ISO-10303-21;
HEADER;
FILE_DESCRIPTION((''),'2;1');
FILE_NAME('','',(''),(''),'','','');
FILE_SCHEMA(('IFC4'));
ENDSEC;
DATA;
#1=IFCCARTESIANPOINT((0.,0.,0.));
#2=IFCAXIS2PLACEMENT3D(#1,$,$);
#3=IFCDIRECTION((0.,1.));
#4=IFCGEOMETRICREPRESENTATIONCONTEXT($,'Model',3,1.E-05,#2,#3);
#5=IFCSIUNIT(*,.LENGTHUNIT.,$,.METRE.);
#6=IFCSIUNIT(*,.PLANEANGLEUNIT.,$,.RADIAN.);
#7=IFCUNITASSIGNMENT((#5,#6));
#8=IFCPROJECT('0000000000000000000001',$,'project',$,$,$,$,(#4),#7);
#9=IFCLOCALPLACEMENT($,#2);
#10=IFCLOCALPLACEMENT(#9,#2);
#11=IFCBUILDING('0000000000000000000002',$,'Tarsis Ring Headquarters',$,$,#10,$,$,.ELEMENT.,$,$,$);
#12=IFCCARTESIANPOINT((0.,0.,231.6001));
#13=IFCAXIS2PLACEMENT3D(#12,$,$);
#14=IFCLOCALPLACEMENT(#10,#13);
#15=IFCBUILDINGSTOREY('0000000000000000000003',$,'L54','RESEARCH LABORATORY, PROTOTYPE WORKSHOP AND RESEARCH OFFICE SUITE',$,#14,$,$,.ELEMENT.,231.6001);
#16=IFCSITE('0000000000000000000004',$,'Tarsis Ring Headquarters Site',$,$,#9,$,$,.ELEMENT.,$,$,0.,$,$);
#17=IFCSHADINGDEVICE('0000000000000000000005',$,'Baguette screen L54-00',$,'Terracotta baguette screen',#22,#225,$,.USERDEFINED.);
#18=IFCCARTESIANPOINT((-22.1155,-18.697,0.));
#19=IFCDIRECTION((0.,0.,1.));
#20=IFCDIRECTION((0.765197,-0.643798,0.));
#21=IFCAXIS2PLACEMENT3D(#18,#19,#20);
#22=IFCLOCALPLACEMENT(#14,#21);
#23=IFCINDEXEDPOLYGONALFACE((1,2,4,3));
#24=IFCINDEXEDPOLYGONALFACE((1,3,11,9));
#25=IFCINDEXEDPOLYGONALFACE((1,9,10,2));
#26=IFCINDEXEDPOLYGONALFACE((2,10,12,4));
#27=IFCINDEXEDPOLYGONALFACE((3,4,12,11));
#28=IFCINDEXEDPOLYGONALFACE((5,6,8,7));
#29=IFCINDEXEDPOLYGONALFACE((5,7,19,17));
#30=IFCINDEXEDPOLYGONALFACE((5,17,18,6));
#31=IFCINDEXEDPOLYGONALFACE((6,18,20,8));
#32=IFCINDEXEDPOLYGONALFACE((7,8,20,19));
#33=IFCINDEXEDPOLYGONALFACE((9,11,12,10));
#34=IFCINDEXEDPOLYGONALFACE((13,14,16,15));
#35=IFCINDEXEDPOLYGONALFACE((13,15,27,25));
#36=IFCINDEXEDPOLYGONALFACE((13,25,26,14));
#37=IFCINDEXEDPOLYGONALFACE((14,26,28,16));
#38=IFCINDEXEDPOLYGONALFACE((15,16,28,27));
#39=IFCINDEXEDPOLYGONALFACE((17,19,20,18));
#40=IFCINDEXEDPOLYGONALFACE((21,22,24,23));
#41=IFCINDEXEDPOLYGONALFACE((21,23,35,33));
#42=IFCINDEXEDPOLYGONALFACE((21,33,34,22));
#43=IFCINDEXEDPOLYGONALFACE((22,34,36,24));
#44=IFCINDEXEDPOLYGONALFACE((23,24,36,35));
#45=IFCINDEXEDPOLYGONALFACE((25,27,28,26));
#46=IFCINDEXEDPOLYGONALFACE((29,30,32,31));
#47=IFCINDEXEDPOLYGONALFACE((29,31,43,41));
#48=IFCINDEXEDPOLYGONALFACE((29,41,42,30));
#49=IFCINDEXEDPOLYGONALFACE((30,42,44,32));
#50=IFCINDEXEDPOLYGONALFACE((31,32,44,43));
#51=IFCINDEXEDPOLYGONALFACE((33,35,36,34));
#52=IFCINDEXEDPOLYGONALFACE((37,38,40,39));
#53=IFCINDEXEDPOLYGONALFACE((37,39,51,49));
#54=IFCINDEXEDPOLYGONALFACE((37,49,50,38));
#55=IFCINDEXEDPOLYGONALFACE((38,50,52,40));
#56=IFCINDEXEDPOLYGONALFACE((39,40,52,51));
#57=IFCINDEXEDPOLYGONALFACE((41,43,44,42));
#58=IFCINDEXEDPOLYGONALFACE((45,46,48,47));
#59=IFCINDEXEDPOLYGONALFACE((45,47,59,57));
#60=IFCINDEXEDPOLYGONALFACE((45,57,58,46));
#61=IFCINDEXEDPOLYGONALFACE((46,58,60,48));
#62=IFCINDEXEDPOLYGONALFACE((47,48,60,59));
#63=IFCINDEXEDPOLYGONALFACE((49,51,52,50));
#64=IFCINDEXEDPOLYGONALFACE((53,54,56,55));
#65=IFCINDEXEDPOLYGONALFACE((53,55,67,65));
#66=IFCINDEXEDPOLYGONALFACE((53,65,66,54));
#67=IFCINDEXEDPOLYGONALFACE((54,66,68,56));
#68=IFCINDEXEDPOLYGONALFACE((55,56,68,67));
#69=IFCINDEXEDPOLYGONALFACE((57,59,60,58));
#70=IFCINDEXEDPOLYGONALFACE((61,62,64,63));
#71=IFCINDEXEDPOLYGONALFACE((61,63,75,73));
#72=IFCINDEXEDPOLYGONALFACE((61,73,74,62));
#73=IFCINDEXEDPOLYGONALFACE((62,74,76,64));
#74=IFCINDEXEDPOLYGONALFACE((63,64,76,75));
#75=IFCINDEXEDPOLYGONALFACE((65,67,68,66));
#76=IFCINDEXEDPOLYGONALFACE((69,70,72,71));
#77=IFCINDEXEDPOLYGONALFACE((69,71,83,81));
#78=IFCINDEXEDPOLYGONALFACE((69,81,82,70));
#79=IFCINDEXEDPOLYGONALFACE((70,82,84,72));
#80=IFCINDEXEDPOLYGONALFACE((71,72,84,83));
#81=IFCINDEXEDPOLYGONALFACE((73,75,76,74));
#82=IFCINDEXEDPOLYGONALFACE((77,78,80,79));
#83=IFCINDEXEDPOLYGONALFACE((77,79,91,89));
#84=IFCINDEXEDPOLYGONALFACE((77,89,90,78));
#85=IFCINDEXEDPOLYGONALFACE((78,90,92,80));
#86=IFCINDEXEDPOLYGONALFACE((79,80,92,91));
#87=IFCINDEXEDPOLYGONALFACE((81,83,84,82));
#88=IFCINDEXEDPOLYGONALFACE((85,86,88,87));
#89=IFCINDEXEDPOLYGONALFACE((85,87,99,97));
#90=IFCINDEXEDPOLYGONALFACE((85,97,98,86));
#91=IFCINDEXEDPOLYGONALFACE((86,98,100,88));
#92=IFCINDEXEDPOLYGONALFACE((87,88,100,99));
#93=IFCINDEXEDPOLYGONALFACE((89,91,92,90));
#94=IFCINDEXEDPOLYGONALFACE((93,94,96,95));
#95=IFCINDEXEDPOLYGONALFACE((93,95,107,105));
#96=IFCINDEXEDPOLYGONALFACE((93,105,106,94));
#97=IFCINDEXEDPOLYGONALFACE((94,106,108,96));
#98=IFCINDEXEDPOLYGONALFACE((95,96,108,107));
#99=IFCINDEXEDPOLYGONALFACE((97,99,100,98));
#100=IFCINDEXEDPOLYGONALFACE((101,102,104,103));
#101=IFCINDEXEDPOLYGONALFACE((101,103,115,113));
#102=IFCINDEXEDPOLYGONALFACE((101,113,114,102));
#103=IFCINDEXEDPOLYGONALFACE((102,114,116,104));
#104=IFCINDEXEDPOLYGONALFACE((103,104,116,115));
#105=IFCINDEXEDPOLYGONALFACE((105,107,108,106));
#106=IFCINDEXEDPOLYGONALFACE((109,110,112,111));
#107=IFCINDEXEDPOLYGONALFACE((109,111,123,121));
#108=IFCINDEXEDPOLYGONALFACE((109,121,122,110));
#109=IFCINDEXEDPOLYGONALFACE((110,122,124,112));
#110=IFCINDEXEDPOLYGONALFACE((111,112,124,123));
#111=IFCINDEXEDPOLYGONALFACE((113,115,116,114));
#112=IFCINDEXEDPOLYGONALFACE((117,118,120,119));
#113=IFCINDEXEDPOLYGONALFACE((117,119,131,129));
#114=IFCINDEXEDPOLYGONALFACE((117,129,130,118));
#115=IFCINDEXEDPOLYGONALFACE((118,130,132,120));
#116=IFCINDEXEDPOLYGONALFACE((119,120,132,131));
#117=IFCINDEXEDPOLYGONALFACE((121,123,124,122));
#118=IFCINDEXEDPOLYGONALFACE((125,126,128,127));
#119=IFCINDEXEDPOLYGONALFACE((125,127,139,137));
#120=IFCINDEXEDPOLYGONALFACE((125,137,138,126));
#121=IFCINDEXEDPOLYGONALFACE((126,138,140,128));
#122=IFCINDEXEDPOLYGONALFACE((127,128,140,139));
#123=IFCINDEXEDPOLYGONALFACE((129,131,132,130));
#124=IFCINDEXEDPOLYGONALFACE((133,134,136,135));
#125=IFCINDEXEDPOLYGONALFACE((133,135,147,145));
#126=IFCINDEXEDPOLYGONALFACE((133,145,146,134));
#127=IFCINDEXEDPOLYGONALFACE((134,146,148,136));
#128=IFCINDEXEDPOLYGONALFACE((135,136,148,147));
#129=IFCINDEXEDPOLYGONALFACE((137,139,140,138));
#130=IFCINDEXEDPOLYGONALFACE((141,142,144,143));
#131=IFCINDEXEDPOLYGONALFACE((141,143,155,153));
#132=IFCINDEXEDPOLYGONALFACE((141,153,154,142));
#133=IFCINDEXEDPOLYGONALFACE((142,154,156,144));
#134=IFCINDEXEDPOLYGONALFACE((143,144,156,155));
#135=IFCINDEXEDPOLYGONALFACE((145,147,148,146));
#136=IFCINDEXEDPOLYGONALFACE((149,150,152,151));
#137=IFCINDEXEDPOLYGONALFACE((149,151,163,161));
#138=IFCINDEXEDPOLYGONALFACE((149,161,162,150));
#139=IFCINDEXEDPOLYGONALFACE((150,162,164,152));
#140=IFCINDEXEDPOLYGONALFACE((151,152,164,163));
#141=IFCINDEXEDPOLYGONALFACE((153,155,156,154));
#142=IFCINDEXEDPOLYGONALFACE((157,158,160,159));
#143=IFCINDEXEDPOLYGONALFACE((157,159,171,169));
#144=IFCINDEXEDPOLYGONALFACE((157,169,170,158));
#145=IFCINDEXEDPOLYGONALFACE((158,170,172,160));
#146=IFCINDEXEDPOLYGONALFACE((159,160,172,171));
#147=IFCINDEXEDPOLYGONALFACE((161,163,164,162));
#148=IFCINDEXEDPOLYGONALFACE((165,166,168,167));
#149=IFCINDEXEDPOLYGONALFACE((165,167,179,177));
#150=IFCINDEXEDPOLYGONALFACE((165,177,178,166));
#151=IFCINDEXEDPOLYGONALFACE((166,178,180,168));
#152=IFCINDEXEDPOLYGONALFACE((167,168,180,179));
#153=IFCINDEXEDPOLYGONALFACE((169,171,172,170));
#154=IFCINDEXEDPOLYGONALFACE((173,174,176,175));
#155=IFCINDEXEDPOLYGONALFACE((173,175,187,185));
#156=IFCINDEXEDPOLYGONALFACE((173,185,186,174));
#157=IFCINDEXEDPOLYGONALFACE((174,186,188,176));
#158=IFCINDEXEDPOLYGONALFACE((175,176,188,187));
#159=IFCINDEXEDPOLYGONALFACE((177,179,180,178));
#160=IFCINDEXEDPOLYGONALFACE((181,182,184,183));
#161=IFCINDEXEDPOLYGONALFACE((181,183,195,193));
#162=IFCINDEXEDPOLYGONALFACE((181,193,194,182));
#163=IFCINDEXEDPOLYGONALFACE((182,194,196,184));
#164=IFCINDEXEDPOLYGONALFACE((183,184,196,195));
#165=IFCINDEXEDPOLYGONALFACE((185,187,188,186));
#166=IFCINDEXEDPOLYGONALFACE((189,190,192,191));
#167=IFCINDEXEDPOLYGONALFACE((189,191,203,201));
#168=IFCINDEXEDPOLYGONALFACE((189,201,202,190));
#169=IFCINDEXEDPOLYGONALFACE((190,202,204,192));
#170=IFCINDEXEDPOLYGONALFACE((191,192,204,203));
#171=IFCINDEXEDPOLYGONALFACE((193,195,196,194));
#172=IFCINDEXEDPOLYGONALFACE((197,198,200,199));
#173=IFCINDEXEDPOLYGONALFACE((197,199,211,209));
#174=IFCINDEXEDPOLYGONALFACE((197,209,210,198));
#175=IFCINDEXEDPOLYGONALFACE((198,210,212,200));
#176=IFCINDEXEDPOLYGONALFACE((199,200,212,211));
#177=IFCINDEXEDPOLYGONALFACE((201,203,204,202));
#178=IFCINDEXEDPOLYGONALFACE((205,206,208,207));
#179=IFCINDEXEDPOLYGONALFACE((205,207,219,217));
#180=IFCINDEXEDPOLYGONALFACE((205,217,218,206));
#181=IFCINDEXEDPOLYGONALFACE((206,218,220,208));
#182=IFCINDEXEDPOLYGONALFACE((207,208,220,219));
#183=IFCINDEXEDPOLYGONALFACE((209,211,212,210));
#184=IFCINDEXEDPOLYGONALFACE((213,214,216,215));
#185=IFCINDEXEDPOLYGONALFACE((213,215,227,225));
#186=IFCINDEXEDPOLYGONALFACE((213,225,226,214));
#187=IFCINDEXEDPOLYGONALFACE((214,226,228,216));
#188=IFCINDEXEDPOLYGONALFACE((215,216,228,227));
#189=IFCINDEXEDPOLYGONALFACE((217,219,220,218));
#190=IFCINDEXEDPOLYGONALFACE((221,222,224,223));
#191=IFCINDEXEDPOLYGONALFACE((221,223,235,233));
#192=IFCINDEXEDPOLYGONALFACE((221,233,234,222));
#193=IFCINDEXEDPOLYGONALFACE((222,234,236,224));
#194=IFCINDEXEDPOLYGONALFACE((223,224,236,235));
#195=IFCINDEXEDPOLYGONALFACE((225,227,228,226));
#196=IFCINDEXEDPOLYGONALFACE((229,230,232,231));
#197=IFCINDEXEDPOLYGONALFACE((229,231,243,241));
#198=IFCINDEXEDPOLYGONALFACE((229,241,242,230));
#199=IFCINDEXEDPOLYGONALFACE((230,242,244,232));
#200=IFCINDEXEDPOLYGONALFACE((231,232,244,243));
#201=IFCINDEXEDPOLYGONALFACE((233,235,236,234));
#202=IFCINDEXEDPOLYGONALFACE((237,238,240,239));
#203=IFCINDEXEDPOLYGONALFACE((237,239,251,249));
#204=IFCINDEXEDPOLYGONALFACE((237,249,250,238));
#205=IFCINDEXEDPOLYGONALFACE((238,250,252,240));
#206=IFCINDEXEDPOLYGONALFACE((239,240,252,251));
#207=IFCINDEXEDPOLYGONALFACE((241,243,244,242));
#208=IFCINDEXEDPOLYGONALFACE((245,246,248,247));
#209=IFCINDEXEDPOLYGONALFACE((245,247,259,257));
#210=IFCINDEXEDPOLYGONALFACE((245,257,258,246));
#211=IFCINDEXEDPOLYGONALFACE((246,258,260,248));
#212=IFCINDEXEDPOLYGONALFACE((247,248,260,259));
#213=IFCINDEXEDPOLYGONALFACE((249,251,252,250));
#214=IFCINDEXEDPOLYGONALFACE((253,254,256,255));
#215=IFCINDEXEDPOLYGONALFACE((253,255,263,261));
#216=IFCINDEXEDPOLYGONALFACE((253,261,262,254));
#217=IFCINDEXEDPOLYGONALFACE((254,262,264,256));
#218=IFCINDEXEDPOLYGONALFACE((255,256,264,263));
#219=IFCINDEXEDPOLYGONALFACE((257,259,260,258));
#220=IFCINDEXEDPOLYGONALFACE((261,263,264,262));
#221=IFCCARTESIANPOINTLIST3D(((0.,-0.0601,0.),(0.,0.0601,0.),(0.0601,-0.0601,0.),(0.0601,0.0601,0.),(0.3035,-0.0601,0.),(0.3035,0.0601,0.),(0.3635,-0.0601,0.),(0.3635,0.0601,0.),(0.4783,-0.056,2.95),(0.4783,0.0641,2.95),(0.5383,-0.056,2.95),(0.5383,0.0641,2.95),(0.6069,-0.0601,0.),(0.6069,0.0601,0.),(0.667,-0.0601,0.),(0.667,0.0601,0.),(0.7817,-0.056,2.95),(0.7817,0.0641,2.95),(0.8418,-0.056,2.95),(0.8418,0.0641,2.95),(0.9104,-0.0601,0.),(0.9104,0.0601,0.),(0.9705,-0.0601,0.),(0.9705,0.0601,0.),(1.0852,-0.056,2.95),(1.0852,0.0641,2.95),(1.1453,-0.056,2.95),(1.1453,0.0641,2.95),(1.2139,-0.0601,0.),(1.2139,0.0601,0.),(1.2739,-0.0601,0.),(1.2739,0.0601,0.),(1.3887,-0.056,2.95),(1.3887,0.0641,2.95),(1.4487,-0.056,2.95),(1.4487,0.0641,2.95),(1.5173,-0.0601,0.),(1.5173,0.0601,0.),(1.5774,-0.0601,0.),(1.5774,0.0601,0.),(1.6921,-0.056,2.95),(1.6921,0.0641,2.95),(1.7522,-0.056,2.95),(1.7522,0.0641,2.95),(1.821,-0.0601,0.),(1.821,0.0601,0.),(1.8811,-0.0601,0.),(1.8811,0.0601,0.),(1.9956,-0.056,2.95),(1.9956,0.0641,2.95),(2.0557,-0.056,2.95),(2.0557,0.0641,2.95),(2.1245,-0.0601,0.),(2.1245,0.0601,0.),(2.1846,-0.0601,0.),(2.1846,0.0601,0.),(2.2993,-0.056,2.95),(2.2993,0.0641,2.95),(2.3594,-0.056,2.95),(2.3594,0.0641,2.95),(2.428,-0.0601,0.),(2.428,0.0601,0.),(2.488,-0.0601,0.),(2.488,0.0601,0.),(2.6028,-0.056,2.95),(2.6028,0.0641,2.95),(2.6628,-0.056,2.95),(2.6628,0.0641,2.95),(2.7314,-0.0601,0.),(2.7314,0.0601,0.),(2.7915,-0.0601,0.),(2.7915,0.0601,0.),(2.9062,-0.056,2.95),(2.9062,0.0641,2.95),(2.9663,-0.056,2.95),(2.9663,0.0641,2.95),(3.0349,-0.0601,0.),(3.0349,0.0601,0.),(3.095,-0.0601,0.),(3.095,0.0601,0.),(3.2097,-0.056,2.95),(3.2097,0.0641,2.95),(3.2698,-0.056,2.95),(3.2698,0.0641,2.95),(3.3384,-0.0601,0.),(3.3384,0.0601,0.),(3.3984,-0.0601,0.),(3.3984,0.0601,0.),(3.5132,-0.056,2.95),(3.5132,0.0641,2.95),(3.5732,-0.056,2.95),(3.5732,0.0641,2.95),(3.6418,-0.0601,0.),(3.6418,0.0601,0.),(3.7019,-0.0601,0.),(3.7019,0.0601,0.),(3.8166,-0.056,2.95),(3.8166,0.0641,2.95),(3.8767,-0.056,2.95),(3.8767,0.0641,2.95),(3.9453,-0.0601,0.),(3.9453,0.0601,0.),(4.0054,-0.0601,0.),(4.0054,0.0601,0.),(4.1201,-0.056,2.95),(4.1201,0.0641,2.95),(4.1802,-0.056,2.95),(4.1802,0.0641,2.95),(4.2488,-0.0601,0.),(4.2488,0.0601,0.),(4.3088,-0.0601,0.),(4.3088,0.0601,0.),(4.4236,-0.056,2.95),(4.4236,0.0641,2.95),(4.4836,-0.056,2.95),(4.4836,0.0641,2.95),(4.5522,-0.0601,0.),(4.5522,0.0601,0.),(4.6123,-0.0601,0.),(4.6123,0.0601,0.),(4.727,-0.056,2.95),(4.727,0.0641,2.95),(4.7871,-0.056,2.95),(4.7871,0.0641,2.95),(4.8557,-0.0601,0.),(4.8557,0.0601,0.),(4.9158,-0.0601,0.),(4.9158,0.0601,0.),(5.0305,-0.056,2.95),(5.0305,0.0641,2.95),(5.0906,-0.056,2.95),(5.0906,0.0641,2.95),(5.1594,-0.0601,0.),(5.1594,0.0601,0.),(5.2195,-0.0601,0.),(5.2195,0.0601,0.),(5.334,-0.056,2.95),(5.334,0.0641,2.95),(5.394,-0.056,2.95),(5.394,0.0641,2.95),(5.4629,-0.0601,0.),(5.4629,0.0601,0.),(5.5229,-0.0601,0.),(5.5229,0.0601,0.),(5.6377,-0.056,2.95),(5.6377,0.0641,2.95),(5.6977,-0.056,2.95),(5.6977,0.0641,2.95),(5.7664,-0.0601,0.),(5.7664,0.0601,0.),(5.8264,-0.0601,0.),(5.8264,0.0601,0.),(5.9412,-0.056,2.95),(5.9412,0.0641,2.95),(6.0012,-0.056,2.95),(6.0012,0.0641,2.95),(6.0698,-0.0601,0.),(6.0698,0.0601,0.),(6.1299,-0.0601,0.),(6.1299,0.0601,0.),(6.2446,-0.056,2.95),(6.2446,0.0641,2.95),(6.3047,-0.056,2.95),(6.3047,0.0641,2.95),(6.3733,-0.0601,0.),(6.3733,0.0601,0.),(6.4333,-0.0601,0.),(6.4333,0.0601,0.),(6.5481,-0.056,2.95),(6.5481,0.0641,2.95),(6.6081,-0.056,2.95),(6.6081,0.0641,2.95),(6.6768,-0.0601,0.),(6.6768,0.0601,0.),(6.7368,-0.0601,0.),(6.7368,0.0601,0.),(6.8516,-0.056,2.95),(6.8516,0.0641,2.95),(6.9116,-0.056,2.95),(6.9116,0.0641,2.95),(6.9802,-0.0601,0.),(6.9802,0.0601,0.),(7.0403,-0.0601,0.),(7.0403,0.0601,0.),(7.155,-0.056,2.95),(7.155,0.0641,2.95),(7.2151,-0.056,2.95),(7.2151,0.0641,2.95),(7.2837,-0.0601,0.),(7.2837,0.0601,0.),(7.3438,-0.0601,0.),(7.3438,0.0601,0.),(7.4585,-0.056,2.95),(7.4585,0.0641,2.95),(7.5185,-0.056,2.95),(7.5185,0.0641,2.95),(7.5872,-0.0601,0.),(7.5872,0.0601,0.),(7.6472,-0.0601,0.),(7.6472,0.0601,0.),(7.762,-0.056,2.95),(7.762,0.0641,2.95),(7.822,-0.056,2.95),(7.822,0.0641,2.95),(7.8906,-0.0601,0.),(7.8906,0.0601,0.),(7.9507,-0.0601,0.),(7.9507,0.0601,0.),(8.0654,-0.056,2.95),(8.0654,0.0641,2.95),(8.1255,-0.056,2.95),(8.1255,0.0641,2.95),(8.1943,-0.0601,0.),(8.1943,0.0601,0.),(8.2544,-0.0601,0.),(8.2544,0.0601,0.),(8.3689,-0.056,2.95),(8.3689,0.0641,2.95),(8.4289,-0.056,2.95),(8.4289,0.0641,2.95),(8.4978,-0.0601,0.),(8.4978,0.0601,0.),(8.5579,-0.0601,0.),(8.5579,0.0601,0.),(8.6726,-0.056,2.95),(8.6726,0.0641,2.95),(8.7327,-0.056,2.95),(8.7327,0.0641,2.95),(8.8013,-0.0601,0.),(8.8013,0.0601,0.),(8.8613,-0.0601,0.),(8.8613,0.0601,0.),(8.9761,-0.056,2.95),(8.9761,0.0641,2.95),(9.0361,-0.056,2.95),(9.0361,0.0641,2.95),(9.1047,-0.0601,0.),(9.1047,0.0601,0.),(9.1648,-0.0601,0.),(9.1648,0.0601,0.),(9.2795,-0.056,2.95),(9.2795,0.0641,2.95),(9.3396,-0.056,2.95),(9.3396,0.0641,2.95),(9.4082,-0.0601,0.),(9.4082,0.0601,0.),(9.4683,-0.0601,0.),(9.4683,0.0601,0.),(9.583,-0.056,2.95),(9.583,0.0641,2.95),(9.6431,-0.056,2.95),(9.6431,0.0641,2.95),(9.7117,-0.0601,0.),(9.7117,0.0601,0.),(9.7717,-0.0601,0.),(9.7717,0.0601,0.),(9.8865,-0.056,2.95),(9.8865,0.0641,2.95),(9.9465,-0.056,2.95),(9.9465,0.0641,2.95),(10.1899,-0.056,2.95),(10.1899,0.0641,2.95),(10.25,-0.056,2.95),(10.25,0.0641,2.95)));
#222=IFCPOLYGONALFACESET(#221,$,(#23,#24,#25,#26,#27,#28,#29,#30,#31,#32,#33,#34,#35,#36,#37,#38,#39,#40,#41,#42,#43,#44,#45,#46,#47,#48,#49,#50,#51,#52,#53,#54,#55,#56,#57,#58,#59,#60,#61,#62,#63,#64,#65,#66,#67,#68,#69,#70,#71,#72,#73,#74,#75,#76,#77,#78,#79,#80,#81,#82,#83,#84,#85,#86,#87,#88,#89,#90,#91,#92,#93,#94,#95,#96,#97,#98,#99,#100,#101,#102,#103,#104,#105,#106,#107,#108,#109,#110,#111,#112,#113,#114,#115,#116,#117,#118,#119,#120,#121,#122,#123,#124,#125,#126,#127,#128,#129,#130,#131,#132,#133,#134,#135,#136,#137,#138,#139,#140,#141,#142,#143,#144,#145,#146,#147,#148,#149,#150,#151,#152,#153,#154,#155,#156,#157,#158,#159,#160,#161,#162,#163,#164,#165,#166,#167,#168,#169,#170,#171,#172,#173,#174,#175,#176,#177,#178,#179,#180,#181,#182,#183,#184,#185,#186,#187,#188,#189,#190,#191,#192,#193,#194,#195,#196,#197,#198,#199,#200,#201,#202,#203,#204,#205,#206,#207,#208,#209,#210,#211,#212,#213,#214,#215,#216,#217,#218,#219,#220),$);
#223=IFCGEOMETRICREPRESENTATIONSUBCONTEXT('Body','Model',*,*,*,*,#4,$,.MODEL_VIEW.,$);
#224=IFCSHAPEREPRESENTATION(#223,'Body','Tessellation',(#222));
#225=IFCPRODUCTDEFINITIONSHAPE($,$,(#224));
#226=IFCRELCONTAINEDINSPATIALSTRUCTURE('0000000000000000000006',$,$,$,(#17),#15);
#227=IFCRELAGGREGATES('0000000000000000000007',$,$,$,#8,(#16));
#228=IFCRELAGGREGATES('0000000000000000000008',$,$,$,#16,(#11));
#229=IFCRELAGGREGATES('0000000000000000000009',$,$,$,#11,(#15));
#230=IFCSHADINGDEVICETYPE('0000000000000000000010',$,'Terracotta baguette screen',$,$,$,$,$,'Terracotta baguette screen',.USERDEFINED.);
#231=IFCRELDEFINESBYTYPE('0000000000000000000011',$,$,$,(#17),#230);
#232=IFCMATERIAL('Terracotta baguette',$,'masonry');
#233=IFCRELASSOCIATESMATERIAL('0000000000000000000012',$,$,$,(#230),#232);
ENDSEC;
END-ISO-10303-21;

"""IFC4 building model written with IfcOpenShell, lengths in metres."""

from ifc_helpers import new_model, si_unit, direction, frame, frame_2d, origin, place, context, subcontext, project, spatial, rectangle, composite_profile, extrude, material, type_object, element, save


model = new_model("IFC4")

# Units and contexts
model_context = context("Model", 3, precision=1e-05, world=origin(), true_north=direction((0.0, 1.0)))
body_context = subcontext(model_context, "Body", "Model", "MODEL_VIEW")
ifc_project = project(units=[si_unit("LENGTHUNIT", "METRE"), si_unit("PLANEANGLEUNIT", "RADIAN")], contexts=[model_context])

# Site, building, storey
site_placement = place(None, origin())
site = spatial("IfcSite", under=ifc_project, at=site_placement, Name="Tarsis Ring Headquarters Site", CompositionType="ELEMENT", RefElevation=0.0)
building_placement = place(site_placement, origin())
building = spatial("IfcBuilding", under=site, at=building_placement, Name="Tarsis Ring Headquarters", CompositionType="ELEMENT")
storey_placement = place(building_placement, frame((0.0, 0.0, 231.6001)))
storey = spatial("IfcBuildingStorey", under=building, at=storey_placement, Name="L54", Description="RESEARCH LABORATORY, PROTOTYPE WORKSHOP AND RESEARCH OFFICE SUITE", CompositionType="ELEMENT", Elevation=231.6001)

# Shading device
ifc_material_1 = material(Name="Terracotta baguette", Category="masonry")
shading_device_type = type_object("IfcShadingDeviceType", Name="Terracotta baguette screen", ElementType="Terracotta baguette screen", PredefinedType="USERDEFINED", material=ifc_material_1)
shading_device_placement = place(storey_placement, frame((-22.1155, -18.697, 0.0), z_axis=(0.0, 0.0, 1.0), x_axis=(0.765197, -0.643798, 0.0)))
element("IfcShadingDevice", 1, at=shading_device_placement, inside=storey, type_object=shading_device_type, Name="Baguette screen L54-00", ObjectType="Terracotta baguette screen", PredefinedType="USERDEFINED", context=body_context, shape_type="SweptSolid", body=[
    extrude(composite_profile([rectangle(XDim=0.0601, YDim=0.1201, at=frame_2d((0.03, 0.0))), rectangle(XDim=0.0601, YDim=0.1201, at=frame_2d((0.3335, 0.0))), rectangle(XDim=0.0601, YDim=0.1201, at=frame_2d((0.637, 0.0))), rectangle(XDim=0.0601, YDim=0.1201, at=frame_2d((0.9404, 0.0))), rectangle(XDim=0.0601, YDim=0.1201, at=frame_2d((1.2439, 0.0))), rectangle(XDim=0.0601, YDim=0.1201, at=frame_2d((1.5474, 0.0))), rectangle(XDim=0.0601, YDim=0.1201, at=frame_2d((1.8511, 0.0))), rectangle(XDim=0.0601, YDim=0.1201, at=frame_2d((2.1545, 0.0))), rectangle(XDim=0.0601, YDim=0.1201, at=frame_2d((2.458, 0.0))), rectangle(XDim=0.0601, YDim=0.1201, at=frame_2d((2.7615, 0.0))), rectangle(XDim=0.0601, YDim=0.1201, at=frame_2d((3.0649, 0.0))), rectangle(XDim=0.0601, YDim=0.1201, at=frame_2d((3.3684, 0.0))), rectangle(XDim=0.0601, YDim=0.1201, at=frame_2d((3.6719, 0.0))), rectangle(XDim=0.0601, YDim=0.1201, at=frame_2d((3.9753, 0.0))), rectangle(XDim=0.0601, YDim=0.1201, at=frame_2d((4.2788, 0.0))), rectangle(XDim=0.0601, YDim=0.1201, at=frame_2d((4.5823, 0.0))), rectangle(XDim=0.0601, YDim=0.1201, at=frame_2d((4.8857, 0.0))), rectangle(XDim=0.0601, YDim=0.1201, at=frame_2d((5.1895, 0.0))), rectangle(XDim=0.0601, YDim=0.1201, at=frame_2d((5.4929, 0.0))), rectangle(XDim=0.0601, YDim=0.1201, at=frame_2d((5.7964, 0.0))), rectangle(XDim=0.0601, YDim=0.1201, at=frame_2d((6.0999, 0.0))), rectangle(XDim=0.0601, YDim=0.1201, at=frame_2d((6.4033, 0.0))), rectangle(XDim=0.0601, YDim=0.1201, at=frame_2d((6.7068, 0.0))), rectangle(XDim=0.0601, YDim=0.1201, at=frame_2d((7.0103, 0.0))), rectangle(XDim=0.0601, YDim=0.1201, at=frame_2d((7.3137, 0.0))), rectangle(XDim=0.0601, YDim=0.1201, at=frame_2d((7.6172, 0.0))), rectangle(XDim=0.0601, YDim=0.1201, at=frame_2d((7.9207, 0.0))), rectangle(XDim=0.0601, YDim=0.1201, at=frame_2d((8.2244, 0.0))), rectangle(XDim=0.0601, YDim=0.1201, at=frame_2d((8.5278, 0.0))), rectangle(XDim=0.0601, YDim=0.1201, at=frame_2d((8.8313, 0.0))), rectangle(XDim=0.0601, YDim=0.1201, at=frame_2d((9.1348, 0.0))), rectangle(XDim=0.0601, YDim=0.1201, at=frame_2d((9.4382, 0.0))), rectangle(XDim=0.0601, YDim=0.1201, at=frame_2d((9.7417, 0.0)))]), origin(), (0.160032, 0.001342, 0.987111), 2.9885),
])

save(model, "model.ifc")
